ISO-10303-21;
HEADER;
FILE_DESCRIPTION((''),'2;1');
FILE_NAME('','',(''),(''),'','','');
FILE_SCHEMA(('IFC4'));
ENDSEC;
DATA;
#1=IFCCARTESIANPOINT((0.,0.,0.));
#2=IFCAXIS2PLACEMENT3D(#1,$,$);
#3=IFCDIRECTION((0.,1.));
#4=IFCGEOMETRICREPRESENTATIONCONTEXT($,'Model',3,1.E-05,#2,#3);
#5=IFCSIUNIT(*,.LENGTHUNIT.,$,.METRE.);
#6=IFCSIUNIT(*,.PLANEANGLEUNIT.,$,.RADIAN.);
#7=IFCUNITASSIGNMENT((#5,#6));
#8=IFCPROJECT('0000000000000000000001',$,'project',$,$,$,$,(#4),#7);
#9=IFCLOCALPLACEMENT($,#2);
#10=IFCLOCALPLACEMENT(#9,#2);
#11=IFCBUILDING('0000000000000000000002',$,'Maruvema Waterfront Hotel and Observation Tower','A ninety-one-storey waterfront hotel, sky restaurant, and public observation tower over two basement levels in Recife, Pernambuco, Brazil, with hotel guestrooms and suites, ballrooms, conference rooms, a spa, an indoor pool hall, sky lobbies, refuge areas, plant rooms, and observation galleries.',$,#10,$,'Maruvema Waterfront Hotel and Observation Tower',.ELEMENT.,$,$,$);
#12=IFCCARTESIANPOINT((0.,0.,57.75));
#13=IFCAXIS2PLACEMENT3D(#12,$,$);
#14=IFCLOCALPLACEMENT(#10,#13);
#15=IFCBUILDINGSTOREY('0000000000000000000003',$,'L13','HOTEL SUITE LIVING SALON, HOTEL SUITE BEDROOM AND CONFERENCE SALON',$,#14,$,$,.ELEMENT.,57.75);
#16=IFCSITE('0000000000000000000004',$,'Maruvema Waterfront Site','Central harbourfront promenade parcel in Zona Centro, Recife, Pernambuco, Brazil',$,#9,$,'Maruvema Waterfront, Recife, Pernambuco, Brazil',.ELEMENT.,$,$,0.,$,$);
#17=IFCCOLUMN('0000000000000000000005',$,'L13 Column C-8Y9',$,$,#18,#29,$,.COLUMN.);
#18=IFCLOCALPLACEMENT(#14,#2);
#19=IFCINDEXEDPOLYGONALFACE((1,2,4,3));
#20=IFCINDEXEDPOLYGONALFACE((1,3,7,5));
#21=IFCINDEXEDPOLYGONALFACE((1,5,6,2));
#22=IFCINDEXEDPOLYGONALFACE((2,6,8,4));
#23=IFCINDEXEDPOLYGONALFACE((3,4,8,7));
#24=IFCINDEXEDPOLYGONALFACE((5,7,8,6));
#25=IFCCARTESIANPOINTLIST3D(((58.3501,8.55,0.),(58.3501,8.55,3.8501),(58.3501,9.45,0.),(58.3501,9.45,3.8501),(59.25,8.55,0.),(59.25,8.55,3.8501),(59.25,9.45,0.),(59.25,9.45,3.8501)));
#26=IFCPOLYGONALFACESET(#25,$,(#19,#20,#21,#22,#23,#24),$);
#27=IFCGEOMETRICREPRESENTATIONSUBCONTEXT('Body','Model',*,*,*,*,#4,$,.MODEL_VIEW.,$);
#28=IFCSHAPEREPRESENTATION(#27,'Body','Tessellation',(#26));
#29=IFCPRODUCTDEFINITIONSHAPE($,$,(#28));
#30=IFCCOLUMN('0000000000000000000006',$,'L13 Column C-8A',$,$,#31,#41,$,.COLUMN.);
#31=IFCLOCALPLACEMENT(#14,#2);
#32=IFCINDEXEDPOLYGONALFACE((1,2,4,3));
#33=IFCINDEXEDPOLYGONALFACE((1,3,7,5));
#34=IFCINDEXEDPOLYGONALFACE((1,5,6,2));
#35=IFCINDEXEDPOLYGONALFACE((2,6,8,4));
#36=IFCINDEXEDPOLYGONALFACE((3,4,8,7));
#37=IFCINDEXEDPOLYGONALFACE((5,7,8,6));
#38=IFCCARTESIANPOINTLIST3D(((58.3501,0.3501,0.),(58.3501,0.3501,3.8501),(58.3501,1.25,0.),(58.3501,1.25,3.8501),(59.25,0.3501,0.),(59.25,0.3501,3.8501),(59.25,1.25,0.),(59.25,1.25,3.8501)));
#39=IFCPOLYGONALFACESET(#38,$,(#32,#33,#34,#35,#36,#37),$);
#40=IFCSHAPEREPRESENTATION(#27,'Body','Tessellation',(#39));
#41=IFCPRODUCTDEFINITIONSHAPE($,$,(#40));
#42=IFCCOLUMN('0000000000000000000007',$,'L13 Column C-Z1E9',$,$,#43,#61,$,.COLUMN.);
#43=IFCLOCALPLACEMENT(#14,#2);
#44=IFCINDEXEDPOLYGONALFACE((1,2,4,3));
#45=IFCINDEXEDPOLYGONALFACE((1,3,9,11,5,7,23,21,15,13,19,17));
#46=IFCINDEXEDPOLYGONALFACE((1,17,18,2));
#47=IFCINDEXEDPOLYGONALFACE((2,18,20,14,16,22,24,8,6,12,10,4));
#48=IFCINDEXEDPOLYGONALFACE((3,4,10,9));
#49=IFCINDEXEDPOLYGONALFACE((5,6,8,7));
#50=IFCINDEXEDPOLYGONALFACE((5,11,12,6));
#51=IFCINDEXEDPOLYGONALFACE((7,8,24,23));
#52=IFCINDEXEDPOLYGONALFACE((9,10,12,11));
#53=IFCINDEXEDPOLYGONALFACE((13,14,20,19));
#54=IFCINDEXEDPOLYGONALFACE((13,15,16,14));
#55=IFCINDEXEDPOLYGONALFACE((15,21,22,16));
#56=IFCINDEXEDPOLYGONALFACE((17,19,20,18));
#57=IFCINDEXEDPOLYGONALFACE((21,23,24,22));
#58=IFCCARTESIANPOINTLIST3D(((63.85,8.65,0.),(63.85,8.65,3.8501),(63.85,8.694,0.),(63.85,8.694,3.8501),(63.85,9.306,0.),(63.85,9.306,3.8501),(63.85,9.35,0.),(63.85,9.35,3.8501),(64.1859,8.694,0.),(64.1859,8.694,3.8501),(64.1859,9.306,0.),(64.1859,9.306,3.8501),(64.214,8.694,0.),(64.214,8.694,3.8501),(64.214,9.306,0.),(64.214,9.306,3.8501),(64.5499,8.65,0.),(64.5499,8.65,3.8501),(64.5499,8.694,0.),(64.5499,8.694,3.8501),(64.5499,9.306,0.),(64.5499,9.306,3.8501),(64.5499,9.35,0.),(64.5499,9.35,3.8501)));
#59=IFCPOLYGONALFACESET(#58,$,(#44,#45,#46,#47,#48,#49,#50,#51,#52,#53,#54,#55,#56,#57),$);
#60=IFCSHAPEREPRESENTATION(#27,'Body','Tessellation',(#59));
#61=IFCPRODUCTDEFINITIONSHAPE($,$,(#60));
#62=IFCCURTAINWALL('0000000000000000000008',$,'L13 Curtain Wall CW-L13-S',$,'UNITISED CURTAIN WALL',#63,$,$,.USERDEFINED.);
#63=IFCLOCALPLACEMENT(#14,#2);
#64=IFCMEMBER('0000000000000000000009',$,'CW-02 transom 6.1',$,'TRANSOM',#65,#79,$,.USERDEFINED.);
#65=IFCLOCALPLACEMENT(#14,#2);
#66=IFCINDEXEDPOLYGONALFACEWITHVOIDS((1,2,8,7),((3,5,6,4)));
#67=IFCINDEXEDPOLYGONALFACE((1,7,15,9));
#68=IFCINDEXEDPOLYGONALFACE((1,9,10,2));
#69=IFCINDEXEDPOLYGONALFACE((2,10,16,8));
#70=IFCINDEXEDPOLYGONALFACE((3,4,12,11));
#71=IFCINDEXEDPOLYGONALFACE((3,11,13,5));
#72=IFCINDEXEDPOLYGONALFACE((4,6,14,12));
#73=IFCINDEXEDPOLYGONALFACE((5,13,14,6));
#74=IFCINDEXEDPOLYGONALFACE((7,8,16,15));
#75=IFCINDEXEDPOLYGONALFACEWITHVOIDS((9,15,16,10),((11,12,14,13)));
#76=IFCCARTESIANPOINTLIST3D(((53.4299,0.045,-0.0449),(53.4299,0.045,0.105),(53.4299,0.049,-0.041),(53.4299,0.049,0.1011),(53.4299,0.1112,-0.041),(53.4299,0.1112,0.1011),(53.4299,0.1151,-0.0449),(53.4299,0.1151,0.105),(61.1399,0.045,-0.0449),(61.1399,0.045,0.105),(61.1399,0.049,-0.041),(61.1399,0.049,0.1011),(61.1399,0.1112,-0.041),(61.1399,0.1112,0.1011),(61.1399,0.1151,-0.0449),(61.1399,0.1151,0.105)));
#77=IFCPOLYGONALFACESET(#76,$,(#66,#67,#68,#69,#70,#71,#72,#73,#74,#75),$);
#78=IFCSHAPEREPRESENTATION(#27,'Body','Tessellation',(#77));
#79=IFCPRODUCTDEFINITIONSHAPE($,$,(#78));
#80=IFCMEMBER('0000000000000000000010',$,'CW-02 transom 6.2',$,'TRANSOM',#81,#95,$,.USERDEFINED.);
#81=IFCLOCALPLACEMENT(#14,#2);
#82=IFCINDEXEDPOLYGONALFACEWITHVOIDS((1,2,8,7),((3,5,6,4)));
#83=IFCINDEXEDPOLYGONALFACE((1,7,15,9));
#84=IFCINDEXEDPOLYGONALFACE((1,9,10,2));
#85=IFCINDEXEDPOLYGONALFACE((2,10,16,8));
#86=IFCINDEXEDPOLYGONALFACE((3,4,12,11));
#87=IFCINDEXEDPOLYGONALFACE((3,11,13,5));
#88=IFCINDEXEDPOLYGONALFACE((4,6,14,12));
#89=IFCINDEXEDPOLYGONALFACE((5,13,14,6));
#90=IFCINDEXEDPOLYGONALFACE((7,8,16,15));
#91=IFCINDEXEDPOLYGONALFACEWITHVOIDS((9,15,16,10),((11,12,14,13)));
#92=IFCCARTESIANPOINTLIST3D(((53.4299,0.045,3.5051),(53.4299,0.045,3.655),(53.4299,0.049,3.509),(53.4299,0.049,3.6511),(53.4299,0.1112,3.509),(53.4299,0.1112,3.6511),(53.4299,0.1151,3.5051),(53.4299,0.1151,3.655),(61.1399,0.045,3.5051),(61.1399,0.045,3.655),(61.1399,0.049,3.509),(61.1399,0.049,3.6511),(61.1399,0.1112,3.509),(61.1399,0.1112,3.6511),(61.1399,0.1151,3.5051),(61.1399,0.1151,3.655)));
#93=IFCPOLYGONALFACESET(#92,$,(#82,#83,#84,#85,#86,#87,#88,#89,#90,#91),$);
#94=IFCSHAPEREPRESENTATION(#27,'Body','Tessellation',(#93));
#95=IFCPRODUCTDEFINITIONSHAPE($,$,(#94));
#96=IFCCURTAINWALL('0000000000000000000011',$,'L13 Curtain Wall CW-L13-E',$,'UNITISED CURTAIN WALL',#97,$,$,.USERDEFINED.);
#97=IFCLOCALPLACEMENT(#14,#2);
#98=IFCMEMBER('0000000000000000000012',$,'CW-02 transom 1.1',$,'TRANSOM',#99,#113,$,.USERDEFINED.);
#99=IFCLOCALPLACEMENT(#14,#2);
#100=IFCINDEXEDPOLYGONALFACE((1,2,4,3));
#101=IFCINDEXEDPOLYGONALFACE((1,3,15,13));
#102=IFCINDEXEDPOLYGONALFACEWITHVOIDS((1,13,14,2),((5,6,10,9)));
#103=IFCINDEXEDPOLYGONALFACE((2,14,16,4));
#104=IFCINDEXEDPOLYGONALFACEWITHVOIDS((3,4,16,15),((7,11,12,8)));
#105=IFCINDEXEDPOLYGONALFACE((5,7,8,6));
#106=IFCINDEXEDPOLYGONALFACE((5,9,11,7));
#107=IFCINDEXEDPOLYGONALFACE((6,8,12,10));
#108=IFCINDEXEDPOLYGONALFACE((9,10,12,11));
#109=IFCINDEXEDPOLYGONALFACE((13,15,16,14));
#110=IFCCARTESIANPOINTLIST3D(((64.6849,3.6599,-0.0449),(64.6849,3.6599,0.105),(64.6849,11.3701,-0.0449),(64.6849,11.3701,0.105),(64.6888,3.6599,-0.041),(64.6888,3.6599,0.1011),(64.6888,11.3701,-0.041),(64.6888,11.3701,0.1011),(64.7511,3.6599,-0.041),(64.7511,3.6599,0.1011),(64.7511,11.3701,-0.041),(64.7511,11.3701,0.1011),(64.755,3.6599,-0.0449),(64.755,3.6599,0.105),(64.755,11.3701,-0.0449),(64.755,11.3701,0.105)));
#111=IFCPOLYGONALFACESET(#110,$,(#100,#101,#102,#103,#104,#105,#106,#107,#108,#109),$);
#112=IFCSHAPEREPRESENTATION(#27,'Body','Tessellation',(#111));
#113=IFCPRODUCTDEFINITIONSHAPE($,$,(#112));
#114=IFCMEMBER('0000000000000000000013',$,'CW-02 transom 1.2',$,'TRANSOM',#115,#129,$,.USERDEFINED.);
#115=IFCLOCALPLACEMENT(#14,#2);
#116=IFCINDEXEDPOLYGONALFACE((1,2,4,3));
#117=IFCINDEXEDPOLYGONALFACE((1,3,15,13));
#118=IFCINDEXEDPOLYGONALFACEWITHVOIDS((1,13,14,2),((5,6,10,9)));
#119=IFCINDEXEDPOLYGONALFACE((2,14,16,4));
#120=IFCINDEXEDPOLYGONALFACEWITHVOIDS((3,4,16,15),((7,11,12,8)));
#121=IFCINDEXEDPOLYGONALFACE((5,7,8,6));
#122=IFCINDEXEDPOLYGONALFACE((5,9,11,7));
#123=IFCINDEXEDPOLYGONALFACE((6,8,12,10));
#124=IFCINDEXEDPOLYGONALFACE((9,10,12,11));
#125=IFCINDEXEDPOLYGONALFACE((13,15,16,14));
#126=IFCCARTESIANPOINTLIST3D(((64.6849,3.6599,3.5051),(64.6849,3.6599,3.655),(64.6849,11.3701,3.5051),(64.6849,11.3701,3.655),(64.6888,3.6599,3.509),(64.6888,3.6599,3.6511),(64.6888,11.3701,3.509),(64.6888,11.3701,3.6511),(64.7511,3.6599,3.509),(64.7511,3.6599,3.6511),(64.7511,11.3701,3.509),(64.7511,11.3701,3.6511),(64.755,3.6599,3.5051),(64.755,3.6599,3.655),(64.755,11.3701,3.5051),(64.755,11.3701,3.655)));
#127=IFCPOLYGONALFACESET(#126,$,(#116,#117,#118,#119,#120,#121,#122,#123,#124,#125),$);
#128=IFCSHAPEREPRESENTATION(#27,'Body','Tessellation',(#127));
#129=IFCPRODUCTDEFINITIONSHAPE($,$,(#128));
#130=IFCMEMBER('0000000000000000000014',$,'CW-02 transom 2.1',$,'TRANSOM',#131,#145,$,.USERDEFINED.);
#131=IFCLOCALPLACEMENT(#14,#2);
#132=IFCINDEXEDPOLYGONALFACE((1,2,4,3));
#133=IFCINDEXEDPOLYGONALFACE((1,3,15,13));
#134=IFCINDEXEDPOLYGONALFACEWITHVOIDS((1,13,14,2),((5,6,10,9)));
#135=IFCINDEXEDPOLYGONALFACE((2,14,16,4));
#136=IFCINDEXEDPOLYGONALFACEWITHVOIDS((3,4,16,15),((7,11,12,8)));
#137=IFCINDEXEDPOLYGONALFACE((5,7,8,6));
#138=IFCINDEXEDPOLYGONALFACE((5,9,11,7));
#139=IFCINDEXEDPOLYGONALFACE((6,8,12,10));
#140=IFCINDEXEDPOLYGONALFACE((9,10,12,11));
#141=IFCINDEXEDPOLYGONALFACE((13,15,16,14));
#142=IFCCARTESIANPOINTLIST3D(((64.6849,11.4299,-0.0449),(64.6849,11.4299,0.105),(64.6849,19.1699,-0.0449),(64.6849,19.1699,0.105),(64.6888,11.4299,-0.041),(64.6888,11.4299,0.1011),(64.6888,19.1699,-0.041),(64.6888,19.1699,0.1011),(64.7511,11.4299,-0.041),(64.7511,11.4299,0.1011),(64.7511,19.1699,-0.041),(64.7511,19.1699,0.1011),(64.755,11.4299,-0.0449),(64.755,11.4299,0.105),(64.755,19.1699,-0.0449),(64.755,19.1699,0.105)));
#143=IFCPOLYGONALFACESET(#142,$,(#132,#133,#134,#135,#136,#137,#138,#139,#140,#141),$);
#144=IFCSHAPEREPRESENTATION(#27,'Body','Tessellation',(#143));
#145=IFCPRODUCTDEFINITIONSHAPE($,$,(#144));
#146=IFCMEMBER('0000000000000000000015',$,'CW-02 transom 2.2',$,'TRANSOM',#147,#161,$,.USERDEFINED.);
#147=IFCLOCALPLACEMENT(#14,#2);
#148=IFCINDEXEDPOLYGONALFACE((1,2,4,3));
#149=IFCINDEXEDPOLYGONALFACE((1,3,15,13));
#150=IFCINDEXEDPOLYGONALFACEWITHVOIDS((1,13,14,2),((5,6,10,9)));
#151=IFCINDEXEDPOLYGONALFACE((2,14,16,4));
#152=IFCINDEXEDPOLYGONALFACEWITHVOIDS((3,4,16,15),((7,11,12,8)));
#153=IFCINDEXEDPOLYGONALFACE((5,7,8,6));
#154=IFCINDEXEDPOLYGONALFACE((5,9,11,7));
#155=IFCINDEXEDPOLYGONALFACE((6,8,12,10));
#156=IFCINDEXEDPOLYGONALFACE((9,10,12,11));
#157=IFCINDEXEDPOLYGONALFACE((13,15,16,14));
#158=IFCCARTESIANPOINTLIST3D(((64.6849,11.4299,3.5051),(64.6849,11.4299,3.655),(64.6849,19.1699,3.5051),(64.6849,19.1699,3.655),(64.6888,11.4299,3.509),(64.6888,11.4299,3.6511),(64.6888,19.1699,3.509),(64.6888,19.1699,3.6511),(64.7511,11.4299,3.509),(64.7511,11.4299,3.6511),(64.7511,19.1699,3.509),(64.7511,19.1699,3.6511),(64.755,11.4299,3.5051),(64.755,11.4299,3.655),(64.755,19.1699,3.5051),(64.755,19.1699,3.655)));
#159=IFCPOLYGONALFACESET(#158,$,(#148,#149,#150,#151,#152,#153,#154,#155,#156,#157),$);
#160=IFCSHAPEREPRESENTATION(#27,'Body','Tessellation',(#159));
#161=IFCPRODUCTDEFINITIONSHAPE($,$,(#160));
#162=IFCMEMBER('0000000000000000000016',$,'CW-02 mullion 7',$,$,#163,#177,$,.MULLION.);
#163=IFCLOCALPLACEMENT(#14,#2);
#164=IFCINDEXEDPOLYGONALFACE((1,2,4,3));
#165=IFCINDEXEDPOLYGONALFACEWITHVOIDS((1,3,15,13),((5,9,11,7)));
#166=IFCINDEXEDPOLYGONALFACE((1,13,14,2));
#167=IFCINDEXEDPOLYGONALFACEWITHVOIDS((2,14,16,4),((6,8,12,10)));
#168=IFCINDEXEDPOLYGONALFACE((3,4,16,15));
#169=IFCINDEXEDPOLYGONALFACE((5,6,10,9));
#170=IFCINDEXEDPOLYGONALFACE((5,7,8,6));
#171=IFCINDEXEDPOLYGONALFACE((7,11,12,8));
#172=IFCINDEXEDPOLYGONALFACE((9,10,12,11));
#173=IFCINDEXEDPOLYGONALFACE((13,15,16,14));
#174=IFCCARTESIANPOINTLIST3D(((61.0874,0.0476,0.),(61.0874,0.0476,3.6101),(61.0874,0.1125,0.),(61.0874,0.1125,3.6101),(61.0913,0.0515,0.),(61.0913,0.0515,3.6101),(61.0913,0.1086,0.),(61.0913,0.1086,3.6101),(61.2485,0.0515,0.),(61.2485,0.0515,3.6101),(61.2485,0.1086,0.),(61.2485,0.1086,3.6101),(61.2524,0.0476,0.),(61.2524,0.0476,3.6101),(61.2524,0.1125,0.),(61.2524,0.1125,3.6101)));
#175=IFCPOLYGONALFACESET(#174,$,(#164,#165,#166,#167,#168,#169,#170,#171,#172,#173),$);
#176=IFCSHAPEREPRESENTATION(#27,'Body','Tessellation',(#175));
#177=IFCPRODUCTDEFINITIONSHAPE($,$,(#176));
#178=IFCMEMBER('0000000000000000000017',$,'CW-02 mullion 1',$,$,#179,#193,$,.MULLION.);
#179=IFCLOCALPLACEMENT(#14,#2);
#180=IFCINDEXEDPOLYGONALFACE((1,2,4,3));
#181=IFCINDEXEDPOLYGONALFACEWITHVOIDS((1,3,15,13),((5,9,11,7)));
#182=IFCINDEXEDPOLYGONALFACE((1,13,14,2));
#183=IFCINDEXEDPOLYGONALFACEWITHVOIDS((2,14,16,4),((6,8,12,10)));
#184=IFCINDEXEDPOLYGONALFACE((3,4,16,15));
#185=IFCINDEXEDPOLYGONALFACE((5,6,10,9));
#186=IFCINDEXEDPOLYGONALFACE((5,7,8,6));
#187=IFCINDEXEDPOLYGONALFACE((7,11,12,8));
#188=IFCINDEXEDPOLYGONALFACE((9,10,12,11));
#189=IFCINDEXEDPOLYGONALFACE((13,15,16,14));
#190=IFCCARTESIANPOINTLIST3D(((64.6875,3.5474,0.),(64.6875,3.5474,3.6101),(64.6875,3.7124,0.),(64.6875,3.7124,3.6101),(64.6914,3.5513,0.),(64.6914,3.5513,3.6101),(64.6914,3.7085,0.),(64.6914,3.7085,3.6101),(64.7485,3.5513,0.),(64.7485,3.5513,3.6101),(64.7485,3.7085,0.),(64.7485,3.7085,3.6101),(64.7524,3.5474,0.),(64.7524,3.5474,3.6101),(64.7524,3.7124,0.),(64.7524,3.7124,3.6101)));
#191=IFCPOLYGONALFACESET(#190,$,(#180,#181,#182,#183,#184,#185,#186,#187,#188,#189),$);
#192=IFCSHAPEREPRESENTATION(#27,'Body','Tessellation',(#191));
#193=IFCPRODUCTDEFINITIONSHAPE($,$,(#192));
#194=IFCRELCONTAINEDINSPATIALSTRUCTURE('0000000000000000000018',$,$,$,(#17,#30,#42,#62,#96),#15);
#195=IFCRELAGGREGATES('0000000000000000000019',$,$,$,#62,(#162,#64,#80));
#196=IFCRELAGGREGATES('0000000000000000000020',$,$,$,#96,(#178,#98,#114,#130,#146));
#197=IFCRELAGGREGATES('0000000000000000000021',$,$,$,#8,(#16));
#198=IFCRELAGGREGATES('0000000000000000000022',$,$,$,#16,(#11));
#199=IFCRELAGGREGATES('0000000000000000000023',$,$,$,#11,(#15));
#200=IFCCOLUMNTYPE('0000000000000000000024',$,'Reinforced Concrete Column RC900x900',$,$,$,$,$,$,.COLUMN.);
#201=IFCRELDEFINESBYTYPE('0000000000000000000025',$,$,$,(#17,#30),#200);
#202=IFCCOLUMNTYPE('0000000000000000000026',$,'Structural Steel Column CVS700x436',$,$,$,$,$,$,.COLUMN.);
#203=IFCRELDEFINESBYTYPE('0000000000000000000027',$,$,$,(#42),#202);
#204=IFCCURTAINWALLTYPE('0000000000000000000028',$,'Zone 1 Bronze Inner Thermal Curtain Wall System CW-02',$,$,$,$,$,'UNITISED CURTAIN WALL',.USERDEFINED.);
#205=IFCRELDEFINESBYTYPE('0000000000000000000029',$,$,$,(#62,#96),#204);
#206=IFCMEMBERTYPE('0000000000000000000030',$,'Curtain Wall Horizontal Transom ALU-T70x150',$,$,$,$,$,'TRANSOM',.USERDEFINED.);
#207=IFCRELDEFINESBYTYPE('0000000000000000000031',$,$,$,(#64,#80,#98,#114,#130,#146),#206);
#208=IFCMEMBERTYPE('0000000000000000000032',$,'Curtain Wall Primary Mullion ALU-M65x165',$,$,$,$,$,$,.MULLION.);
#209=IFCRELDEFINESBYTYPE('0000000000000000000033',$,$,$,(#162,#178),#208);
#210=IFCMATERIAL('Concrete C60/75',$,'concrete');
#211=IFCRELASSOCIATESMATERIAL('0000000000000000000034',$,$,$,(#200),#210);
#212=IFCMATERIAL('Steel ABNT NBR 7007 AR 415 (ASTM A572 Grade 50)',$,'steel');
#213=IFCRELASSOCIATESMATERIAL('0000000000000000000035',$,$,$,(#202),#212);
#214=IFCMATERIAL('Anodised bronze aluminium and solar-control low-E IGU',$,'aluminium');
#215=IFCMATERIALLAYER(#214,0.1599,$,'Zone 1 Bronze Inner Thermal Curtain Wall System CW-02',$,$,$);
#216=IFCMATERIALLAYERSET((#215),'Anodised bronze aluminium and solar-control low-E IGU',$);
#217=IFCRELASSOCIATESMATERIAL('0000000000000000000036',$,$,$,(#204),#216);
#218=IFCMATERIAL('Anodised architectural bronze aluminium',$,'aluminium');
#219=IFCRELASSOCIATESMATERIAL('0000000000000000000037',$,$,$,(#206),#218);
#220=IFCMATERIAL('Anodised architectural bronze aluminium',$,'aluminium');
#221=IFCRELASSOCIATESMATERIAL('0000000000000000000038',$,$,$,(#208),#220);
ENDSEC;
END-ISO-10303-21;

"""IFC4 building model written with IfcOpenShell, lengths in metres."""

from ifc_helpers import new_model, si_unit, direction, frame, origin, origin_2d, place, context, subcontext, project, spatial, rectangle, hollow_rectangle, i_section, extrude, material, layer, layer_set, material_profile, profile_set, type_object, element, aggregate, save


model = new_model("IFC4")

# Units and contexts
model_context = context("Model", 3, precision=1e-05, world=origin(), true_north=direction((0.0, 1.0)))
body_context = subcontext(model_context, "Body", "Model", "MODEL_VIEW")
ifc_project = project(units=[si_unit("LENGTHUNIT", "METRE"), si_unit("PLANEANGLEUNIT", "RADIAN")], contexts=[model_context])

# Site, building, storey
site_placement = place(None, origin())
site = spatial("IfcSite", under=ifc_project, at=site_placement, Name="Maruvema Waterfront Site", Description="Central harbourfront promenade parcel in Zona Centro, Recife, Pernambuco, Brazil", LongName="Maruvema Waterfront, Recife, Pernambuco, Brazil", CompositionType="ELEMENT", RefElevation=0.0)
building_placement = place(site_placement, origin())
building = spatial("IfcBuilding", under=site, at=building_placement, Name="Maruvema Waterfront Hotel and Observation Tower", Description="A ninety-one-storey waterfront hotel, sky restaurant, and public observation tower over two basement levels in Recife, Pernambuco, Brazil, with hotel guestrooms and suites, ballrooms, conference rooms, a spa, an indoor pool hall, sky lobbies, refuge areas, plant rooms, and observation galleries.", LongName="Maruvema Waterfront Hotel and Observation Tower", CompositionType="ELEMENT")
storey_placement = place(building_placement, frame((0.0, 0.0, 57.75)))
storey = spatial("IfcBuildingStorey", under=building, at=storey_placement, Name="L13", Description="HOTEL SUITE LIVING SALON, HOTEL SUITE BEDROOM AND CONFERENCE SALON", CompositionType="ELEMENT", Elevation=57.75)

# Columns
ifc_material_1 = material(Name="Concrete C60/75", Category="concrete")
ifc_material_profile_1 = material_profile(ifc_material_1, rectangle(XDim=0.8999, YDim=0.8999, at=origin_2d()), Name="RC900x900")
ifc_profile_set_1 = profile_set([ifc_material_profile_1], Name="Concrete C60/75")
column_type_1 = type_object("IfcColumnType", Name="Reinforced Concrete Column RC900x900", PredefinedType="COLUMN", material=ifc_profile_set_1)
for number, where, z_axis, x_axis, name in (
    (1, (58.8, 9.0, 0.0), (0.0, 0.0, 1.0), (1.0, 0.0, 0.0), "L13 Column C-8Y9"),
    (2, (58.8, 0.8, 0.0), (0.0, 0.0, 1.0), (1.0, 0.0, 0.0), "L13 Column C-8A"),
):
    element("IfcColumn", number, at=place(storey_placement, frame(where, z_axis=z_axis, x_axis=x_axis)), inside=storey, type_object=column_type_1, Name=name, PredefinedType="COLUMN", context=body_context, shape_type="SweptSolid", body=[
        extrude(rectangle(XDim=0.8999, YDim=0.8999, at=origin_2d()), origin(), (0.0, 0.0, 1.0), 3.8501),
    ])
ifc_material_2 = material(Name="Steel ABNT NBR 7007 AR 415 (ASTM A572 Grade 50)", Category="steel")
ifc_material_profile_2 = material_profile(ifc_material_2, i_section(OverallWidth=0.7, OverallDepth=0.7, WebThickness=0.0281, FlangeThickness=0.0439, at=origin_2d()), Name="CVS700x436")
ifc_profile_set_2 = profile_set([ifc_material_profile_2], Name="Steel ABNT NBR 7007 AR 415 (ASTM A572 Grade 50)")
column_type_2 = type_object("IfcColumnType", Name="Structural Steel Column CVS700x436", PredefinedType="COLUMN", material=ifc_profile_set_2)
column_placement = place(storey_placement, frame((64.2, 9.0, 0.0), z_axis=(0.0, 0.0, 1.0), x_axis=(1.0, 0.0, 0.0)))
element("IfcColumn", 3, at=column_placement, inside=storey, type_object=column_type_2, Name="L13 Column C-Z1E9", PredefinedType="COLUMN", context=body_context, shape_type="SweptSolid", body=[
    extrude(i_section(OverallWidth=0.7, OverallDepth=0.7, WebThickness=0.0281, FlangeThickness=0.0439, at=origin_2d()), origin(), (0.0, 0.0, 1.0), 3.8501),
])

# Curtain walls, members
ifc_material_3 = material(Name="Anodised bronze aluminium and solar-control low-E IGU", Category="aluminium")
ifc_layer_1 = layer(ifc_material_3, 0.1599, Name="Zone 1 Bronze Inner Thermal Curtain Wall System CW-02")
ifc_layer_set_1 = layer_set([ifc_layer_1], Name="Anodised bronze aluminium and solar-control low-E IGU")
curtain_wall_type = type_object("IfcCurtainWallType", Name="Zone 1 Bronze Inner Thermal Curtain Wall System CW-02", ElementType="UNITISED CURTAIN WALL", PredefinedType="USERDEFINED", material=ifc_layer_set_1)
curtain_wall_1_placement = place(storey_placement, origin())
curtain_wall_1 = element("IfcCurtainWall", 4, at=curtain_wall_1_placement, inside=storey, type_object=curtain_wall_type, Name="L13 Curtain Wall CW-L13-S", ObjectType="UNITISED CURTAIN WALL", PredefinedType="USERDEFINED")
ifc_material_4 = material(Name="Anodised architectural bronze aluminium", Category="aluminium")
ifc_material_profile_3 = material_profile(ifc_material_4, hollow_rectangle(XDim=0.0701, YDim=0.1499, WallThickness=0.0039, at=origin_2d()), Name="ALU-T70x150")
ifc_profile_set_3 = profile_set([ifc_material_profile_3], Name="Anodised architectural bronze aluminium")
member_type_1 = type_object("IfcMemberType", Name="Curtain Wall Horizontal Transom ALU-T70x150", ElementType="TRANSOM", PredefinedType="USERDEFINED", material=ifc_profile_set_3)
member_1_placement = place(storey_placement, frame((53.4299, 0.0801, 0.03), z_axis=(1.0, 0.0, 0.0), x_axis=(0.0, 1.0, 0.0)))
member_1 = element("IfcMember", 5, at=member_1_placement, type_object=member_type_1, Name="CW-02 transom 6.1", ObjectType="TRANSOM", PredefinedType="USERDEFINED", context=body_context, shape_type="SweptSolid", body=[
    extrude(hollow_rectangle(XDim=0.0701, YDim=0.1499, WallThickness=0.0039, at=origin_2d()), origin(), (0.0, 0.0, 1.0), 7.71),
])
member_2_placement = place(storey_placement, frame((53.4299, 0.0801, 3.5801), z_axis=(1.0, 0.0, 0.0), x_axis=(0.0, 1.0, 0.0)))
member_2 = element("IfcMember", 6, at=member_2_placement, type_object=member_type_1, Name="CW-02 transom 6.2", ObjectType="TRANSOM", PredefinedType="USERDEFINED", context=body_context, shape_type="SweptSolid", body=[
    extrude(hollow_rectangle(XDim=0.0701, YDim=0.1499, WallThickness=0.0039, at=origin_2d()), origin(), (0.0, 0.0, 1.0), 7.71),
])
curtain_wall_2_placement = place(storey_placement, origin())
curtain_wall_2 = element("IfcCurtainWall", 7, at=curtain_wall_2_placement, inside=storey, type_object=curtain_wall_type, Name="L13 Curtain Wall CW-L13-E", ObjectType="UNITISED CURTAIN WALL", PredefinedType="USERDEFINED")
member_3_placement = place(storey_placement, frame((64.72, 3.6599, 0.03), z_axis=(0.0, 1.0, 0.0), x_axis=(-1.0, 0.0, 0.0)))
member_3 = element("IfcMember", 8, at=member_3_placement, type_object=member_type_1, Name="CW-02 transom 1.1", ObjectType="TRANSOM", PredefinedType="USERDEFINED", context=body_context, shape_type="SweptSolid", body=[
    extrude(hollow_rectangle(XDim=0.0701, YDim=0.1499, WallThickness=0.0039, at=origin_2d()), origin(), (0.0, 0.0, 1.0), 7.7102),
])
member_4_placement = place(storey_placement, frame((64.72, 3.6599, 3.5801), z_axis=(0.0, 1.0, 0.0), x_axis=(-1.0, 0.0, 0.0)))
member_4 = element("IfcMember", 9, at=member_4_placement, type_object=member_type_1, Name="CW-02 transom 1.2", ObjectType="TRANSOM", PredefinedType="USERDEFINED", context=body_context, shape_type="SweptSolid", body=[
    extrude(hollow_rectangle(XDim=0.0701, YDim=0.1499, WallThickness=0.0039, at=origin_2d()), origin(), (0.0, 0.0, 1.0), 7.7102),
])
member_5_placement = place(storey_placement, frame((64.72, 11.4299, 0.03), z_axis=(0.0, 1.0, 0.0), x_axis=(-1.0, 0.0, 0.0)))
member_5 = element("IfcMember", 10, at=member_5_placement, type_object=member_type_1, Name="CW-02 transom 2.1", ObjectType="TRANSOM", PredefinedType="USERDEFINED", context=body_context, shape_type="SweptSolid", body=[
    extrude(hollow_rectangle(XDim=0.0701, YDim=0.1499, WallThickness=0.0039, at=origin_2d()), origin(), (0.0, 0.0, 1.0), 7.74),
])
member_6_placement = place(storey_placement, frame((64.72, 11.4299, 3.5801), z_axis=(0.0, 1.0, 0.0), x_axis=(-1.0, 0.0, 0.0)))
member_6 = element("IfcMember", 11, at=member_6_placement, type_object=member_type_1, Name="CW-02 transom 2.2", ObjectType="TRANSOM", PredefinedType="USERDEFINED", context=body_context, shape_type="SweptSolid", body=[
    extrude(hollow_rectangle(XDim=0.0701, YDim=0.1499, WallThickness=0.0039, at=origin_2d()), origin(), (0.0, 0.0, 1.0), 7.74),
])

# Members
ifc_material_5 = material(Name="Anodised architectural bronze aluminium", Category="aluminium")
ifc_material_profile_4 = material_profile(ifc_material_5, hollow_rectangle(XDim=0.0649, YDim=0.165, WallThickness=0.0039, at=origin_2d()), Name="ALU-M65x165")
ifc_profile_set_4 = profile_set([ifc_material_profile_4], Name="Anodised architectural bronze aluminium")
member_type_2 = type_object("IfcMemberType", Name="Curtain Wall Primary Mullion ALU-M65x165", PredefinedType="MULLION", material=ifc_profile_set_4)
member_7_placement = place(storey_placement, frame((61.1699, 0.0801, 0.0), z_axis=(0.0, 0.0, 1.0), x_axis=(0.0, 1.0, 0.0)))
member_7 = element("IfcMember", 12, at=member_7_placement, type_object=member_type_2, Name="CW-02 mullion 7", PredefinedType="MULLION", context=body_context, shape_type="SweptSolid", body=[
    extrude(hollow_rectangle(XDim=0.0649, YDim=0.165, WallThickness=0.0039, at=origin_2d()), origin(), (0.0, 0.0, 1.0), 3.6101),
])
member_8_placement = place(storey_placement, frame((64.72, 3.6299, 0.0), z_axis=(0.0, 0.0, 1.0), x_axis=(-1.0, 0.0, 0.0)))
member_8 = element("IfcMember", 13, at=member_8_placement, type_object=member_type_2, Name="CW-02 mullion 1", PredefinedType="MULLION", context=body_context, shape_type="SweptSolid", body=[
    extrude(hollow_rectangle(XDim=0.0649, YDim=0.165, WallThickness=0.0039, at=origin_2d()), origin(), (0.0, 0.0, 1.0), 3.6101),
])

aggregate(curtain_wall_1, [member_7, member_1, member_2])
aggregate(curtain_wall_2, [member_8, member_3, member_4, member_5, member_6])

save(model, "model.ifc")
